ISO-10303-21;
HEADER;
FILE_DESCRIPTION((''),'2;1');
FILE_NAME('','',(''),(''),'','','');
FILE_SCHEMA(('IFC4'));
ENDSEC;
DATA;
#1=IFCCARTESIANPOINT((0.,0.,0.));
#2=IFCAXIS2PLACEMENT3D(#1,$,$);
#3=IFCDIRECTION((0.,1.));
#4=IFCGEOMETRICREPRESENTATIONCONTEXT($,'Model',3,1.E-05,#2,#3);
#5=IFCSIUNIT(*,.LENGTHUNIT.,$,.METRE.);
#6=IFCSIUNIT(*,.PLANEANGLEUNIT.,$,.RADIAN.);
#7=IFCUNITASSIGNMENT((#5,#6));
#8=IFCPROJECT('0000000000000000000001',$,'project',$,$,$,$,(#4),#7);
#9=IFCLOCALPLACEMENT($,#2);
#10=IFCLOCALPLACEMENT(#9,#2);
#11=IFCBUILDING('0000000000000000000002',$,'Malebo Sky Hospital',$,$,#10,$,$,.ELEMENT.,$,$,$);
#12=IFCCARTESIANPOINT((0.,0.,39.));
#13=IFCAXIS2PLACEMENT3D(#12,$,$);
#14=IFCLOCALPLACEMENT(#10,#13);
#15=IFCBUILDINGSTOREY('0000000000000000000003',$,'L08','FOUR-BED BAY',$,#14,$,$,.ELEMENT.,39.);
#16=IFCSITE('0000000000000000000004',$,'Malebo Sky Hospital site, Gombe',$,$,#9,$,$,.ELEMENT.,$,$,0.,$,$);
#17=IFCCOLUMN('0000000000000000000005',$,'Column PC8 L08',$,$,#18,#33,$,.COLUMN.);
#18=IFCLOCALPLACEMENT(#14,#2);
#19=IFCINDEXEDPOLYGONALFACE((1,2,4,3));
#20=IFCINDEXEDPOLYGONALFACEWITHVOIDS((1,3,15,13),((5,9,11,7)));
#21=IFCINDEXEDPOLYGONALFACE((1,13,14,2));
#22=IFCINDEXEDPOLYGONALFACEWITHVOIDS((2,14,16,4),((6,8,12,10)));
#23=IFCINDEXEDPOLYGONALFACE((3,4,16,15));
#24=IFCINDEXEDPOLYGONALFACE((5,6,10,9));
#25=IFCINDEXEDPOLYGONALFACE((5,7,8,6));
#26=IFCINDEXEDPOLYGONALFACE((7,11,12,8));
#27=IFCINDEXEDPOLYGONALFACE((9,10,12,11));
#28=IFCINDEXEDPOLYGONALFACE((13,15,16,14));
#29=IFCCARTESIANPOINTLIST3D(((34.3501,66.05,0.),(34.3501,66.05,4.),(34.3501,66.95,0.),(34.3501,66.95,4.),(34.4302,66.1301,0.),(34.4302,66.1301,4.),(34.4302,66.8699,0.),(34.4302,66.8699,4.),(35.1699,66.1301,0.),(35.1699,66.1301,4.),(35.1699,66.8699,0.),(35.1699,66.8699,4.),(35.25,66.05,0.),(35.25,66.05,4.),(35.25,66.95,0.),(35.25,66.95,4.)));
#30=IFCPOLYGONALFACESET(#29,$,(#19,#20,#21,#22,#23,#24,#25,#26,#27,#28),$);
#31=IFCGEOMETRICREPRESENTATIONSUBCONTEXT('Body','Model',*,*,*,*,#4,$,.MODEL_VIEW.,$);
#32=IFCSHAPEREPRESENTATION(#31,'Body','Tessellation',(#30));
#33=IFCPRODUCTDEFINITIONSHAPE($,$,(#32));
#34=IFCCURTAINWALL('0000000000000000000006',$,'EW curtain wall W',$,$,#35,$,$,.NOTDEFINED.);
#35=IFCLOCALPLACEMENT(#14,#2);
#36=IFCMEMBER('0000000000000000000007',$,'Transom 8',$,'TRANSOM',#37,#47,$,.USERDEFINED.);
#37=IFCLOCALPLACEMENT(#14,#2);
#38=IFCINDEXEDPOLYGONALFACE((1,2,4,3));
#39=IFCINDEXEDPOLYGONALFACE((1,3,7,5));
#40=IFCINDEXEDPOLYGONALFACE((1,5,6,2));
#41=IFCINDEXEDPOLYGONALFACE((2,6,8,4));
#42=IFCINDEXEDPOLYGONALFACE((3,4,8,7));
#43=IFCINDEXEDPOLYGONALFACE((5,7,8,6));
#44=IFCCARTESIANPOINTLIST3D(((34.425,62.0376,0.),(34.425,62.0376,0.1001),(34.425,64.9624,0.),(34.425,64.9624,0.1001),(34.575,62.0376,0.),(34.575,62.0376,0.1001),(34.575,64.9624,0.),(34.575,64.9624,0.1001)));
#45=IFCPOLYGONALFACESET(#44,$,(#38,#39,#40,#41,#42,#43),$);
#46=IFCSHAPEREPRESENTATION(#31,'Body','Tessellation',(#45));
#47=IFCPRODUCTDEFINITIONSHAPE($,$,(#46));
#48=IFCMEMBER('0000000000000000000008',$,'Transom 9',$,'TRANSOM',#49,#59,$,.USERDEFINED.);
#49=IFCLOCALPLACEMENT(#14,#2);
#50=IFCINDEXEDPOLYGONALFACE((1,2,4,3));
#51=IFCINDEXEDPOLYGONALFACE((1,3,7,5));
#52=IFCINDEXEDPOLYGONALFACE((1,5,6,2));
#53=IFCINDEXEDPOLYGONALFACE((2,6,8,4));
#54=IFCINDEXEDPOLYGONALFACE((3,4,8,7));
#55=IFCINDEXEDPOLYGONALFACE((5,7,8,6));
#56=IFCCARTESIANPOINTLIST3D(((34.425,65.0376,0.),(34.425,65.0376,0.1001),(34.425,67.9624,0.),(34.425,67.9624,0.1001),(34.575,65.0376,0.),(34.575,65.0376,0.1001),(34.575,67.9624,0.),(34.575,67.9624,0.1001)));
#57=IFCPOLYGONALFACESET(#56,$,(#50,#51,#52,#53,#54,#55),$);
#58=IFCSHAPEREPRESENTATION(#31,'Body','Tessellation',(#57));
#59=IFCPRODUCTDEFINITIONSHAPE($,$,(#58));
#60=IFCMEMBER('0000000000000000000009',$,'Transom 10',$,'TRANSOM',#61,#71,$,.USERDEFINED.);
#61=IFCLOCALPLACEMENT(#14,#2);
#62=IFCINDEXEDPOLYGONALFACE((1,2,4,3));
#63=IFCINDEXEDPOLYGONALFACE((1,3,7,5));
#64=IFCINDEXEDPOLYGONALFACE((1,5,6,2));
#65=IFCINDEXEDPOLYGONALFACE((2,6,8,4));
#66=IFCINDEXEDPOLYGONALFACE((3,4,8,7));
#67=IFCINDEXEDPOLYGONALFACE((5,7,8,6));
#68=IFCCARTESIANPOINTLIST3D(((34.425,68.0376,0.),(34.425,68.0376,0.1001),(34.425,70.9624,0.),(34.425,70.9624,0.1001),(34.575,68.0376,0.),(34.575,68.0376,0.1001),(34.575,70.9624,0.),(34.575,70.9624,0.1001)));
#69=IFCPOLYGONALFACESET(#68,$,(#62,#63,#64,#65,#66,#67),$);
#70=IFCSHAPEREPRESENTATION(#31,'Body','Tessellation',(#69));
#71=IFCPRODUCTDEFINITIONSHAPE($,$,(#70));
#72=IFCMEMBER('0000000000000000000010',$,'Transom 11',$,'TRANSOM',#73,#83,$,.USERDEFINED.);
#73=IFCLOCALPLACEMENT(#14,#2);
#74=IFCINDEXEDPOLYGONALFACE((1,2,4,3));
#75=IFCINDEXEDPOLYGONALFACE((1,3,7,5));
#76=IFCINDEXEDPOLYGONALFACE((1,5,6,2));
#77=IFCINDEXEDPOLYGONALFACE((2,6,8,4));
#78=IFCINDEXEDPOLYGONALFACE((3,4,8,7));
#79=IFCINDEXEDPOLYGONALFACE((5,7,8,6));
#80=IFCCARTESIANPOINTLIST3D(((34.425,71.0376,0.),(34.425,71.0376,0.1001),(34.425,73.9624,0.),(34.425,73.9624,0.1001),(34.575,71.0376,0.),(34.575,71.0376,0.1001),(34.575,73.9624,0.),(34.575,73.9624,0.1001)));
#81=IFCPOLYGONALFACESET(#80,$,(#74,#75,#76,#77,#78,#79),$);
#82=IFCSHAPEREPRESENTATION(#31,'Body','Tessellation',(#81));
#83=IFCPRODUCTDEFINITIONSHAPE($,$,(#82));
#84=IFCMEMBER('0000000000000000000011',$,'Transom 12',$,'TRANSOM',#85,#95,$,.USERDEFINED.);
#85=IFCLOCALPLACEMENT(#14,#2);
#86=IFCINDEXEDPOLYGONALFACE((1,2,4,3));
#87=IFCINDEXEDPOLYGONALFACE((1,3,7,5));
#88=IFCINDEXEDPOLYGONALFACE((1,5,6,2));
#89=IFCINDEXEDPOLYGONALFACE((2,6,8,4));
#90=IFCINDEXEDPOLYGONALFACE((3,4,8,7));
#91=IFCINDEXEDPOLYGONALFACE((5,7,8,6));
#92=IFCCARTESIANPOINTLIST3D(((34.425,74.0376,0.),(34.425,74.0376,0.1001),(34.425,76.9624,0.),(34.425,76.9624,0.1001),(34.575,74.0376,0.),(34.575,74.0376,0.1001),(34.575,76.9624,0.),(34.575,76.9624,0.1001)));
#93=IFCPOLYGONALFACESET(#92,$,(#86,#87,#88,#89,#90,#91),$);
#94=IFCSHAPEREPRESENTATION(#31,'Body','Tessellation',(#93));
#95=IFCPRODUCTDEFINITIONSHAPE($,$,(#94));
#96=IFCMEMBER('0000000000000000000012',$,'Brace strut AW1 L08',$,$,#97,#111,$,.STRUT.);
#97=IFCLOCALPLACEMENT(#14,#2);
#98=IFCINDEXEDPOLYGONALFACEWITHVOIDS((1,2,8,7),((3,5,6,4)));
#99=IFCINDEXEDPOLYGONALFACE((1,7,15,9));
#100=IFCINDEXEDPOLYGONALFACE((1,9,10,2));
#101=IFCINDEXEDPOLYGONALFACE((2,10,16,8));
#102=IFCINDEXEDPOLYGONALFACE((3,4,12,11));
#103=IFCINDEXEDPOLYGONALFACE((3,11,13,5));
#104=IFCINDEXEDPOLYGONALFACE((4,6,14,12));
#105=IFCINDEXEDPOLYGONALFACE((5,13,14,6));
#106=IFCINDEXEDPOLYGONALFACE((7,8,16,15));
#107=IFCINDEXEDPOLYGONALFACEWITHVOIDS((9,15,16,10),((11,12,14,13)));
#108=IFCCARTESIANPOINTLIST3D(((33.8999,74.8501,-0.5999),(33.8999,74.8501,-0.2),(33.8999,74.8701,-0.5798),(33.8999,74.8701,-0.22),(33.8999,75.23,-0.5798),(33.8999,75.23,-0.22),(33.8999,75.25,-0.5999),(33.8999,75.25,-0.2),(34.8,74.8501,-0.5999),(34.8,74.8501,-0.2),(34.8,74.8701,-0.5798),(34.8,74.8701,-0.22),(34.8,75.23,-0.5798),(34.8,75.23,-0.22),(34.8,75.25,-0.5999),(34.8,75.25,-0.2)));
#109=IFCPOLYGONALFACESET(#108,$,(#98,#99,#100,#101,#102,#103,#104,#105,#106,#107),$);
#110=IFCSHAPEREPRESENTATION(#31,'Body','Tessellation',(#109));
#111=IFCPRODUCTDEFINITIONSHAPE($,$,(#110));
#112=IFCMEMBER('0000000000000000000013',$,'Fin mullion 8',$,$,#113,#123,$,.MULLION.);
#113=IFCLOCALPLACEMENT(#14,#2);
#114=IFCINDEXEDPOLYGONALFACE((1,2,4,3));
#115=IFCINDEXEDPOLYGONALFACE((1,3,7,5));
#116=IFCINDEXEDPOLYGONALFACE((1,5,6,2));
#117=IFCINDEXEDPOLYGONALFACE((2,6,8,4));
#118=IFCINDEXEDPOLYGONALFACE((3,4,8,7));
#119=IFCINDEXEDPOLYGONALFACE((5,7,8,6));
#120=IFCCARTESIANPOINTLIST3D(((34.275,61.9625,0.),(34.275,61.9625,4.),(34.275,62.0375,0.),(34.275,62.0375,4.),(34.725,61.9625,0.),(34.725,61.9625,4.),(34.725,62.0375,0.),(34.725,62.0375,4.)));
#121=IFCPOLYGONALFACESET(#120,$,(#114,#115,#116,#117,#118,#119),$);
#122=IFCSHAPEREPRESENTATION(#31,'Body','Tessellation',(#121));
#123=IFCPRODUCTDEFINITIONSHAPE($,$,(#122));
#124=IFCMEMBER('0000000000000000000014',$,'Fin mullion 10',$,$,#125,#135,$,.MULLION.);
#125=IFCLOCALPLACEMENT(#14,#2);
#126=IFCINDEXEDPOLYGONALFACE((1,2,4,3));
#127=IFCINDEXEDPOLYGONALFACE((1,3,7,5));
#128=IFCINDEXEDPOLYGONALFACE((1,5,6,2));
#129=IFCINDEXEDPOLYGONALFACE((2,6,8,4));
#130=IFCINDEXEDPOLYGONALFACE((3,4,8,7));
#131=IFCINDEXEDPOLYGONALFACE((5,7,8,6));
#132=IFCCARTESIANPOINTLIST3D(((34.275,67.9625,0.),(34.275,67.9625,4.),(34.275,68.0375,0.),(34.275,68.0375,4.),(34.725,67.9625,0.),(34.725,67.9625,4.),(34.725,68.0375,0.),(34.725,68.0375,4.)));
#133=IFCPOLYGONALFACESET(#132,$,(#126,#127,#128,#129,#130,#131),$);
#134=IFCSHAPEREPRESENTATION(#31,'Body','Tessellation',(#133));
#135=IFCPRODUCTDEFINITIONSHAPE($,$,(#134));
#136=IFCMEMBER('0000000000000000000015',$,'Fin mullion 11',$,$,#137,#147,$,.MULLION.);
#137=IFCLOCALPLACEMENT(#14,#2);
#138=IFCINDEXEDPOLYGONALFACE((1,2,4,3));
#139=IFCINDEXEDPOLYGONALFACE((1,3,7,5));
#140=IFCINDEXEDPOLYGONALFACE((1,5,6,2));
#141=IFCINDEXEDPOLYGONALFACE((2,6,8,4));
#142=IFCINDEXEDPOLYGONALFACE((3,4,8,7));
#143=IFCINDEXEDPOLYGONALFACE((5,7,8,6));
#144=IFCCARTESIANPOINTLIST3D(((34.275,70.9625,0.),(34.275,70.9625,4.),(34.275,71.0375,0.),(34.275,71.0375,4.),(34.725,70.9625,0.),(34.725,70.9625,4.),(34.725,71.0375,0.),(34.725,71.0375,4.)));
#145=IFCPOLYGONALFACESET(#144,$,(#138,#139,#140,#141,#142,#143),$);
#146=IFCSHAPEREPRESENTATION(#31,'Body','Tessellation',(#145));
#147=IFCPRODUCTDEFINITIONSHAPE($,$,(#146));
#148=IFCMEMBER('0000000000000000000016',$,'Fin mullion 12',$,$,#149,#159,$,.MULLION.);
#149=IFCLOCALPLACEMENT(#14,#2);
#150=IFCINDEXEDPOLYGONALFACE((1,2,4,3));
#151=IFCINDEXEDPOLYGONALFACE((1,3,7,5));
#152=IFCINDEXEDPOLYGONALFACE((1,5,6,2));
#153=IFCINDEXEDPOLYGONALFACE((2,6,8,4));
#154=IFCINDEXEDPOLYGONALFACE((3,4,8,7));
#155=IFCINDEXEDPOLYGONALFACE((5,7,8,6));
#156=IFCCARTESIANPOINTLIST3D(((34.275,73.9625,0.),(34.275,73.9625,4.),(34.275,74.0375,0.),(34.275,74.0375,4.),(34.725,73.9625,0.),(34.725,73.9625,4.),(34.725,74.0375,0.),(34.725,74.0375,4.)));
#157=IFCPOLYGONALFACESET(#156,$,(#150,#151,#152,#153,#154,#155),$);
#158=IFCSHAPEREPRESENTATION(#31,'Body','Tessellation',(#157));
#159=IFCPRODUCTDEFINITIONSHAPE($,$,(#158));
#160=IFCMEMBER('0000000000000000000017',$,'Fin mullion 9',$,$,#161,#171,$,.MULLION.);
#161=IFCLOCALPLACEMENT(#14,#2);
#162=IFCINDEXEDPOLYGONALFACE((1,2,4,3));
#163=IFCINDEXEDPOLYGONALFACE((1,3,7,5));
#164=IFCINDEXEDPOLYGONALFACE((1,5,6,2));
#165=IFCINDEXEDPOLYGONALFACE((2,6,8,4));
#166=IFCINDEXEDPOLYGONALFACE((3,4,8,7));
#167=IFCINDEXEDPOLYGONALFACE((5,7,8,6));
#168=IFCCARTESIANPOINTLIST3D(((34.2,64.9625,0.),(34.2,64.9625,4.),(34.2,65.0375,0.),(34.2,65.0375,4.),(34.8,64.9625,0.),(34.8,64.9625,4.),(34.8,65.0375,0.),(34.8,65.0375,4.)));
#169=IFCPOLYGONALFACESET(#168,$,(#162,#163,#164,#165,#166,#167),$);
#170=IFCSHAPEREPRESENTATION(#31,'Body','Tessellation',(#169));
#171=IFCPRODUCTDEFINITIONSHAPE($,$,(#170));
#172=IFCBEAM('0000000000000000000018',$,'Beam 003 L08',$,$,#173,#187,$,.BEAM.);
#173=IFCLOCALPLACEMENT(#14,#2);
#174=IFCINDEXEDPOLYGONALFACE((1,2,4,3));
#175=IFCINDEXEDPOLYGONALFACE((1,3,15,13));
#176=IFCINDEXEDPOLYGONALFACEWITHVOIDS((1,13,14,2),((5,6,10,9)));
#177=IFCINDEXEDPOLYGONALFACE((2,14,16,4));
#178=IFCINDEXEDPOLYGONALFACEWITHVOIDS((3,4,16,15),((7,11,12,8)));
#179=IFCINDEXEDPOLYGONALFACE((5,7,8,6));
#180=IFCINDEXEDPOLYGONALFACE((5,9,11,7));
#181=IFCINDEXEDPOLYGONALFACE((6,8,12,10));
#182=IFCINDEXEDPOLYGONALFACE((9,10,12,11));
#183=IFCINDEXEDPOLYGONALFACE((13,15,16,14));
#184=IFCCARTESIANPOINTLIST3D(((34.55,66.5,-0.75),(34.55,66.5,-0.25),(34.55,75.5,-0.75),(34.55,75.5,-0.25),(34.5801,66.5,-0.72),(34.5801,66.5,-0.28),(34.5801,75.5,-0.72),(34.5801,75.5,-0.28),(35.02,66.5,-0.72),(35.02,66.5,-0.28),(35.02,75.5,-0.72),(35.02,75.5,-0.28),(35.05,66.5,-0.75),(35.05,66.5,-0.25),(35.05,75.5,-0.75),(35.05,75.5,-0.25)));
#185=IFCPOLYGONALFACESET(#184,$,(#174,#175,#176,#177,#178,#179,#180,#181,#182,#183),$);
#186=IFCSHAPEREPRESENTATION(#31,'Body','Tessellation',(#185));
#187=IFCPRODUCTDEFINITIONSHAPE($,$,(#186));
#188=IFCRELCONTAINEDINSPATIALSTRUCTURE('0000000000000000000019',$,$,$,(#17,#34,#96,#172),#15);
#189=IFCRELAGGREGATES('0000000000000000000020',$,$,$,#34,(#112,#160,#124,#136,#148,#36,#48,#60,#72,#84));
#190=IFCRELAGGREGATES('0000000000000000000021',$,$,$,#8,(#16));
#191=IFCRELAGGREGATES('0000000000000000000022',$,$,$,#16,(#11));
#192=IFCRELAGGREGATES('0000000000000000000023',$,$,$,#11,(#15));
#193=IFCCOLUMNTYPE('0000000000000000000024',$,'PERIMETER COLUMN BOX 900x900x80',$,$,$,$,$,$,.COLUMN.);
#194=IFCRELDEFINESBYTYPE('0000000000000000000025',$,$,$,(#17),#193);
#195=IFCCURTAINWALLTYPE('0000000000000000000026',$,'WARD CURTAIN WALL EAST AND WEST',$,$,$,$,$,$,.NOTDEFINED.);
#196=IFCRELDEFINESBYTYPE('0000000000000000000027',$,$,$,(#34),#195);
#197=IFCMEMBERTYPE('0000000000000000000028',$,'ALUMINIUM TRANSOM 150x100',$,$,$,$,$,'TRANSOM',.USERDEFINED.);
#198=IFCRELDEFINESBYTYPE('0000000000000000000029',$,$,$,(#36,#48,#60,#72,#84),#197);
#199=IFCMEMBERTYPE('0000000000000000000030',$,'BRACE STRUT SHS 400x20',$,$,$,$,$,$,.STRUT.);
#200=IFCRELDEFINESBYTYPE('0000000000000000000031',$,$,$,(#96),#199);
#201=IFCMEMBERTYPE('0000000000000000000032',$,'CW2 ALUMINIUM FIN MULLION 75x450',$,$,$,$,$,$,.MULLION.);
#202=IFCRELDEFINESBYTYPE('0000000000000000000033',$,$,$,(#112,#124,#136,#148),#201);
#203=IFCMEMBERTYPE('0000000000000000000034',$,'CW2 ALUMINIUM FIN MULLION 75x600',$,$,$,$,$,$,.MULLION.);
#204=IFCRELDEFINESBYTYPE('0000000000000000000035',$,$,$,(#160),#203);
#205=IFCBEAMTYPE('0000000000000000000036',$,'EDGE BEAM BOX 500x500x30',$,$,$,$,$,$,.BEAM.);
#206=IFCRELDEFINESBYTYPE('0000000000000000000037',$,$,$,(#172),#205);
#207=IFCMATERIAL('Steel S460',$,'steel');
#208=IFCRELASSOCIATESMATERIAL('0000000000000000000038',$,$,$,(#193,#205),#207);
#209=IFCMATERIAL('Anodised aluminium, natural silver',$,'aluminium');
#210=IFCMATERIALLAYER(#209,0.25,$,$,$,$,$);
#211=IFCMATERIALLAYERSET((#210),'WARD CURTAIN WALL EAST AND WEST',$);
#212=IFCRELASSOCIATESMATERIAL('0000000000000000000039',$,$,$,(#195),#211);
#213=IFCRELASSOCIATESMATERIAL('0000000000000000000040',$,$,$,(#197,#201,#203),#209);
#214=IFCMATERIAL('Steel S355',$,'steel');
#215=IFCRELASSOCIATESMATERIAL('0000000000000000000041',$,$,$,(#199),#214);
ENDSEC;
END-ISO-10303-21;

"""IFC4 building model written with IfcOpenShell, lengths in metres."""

from ifc_helpers import new_model, si_unit, direction, frame, origin, origin_2d, place, context, subcontext, project, spatial, rectangle, hollow_rectangle, extrude, material, layer, layer_set, material_profile, profile_set, type_object, element, aggregate, save


model = new_model("IFC4")

# Units and contexts
model_context = context("Model", 3, precision=1e-05, world=origin(), true_north=direction((0.0, 1.0)))
body_context = subcontext(model_context, "Body", "Model", "MODEL_VIEW")
ifc_project = project(units=[si_unit("LENGTHUNIT", "METRE"), si_unit("PLANEANGLEUNIT", "RADIAN")], contexts=[model_context])

# Site, building, storey
site_placement = place(None, origin())
site = spatial("IfcSite", under=ifc_project, at=site_placement, Name="Malebo Sky Hospital site, Gombe", CompositionType="ELEMENT", RefElevation=0.0)
building_placement = place(site_placement, origin())
building = spatial("IfcBuilding", under=site, at=building_placement, Name="Malebo Sky Hospital", CompositionType="ELEMENT")
storey_placement = place(building_placement, frame((0.0, 0.0, 39.0)))
storey = spatial("IfcBuildingStorey", under=building, at=storey_placement, Name="L08", Description="FOUR-BED BAY", CompositionType="ELEMENT", Elevation=39.0)

# Column
ifc_material_1 = material(Name="Steel S460", Category="steel")
ifc_material_profile_1 = material_profile(ifc_material_1, hollow_rectangle(XDim=0.8999, YDim=0.8999, WallThickness=0.0801, at=origin_2d()), Name="BOX 900x900x80")
ifc_profile_set_1 = profile_set([ifc_material_profile_1], Name="Steel S460")
column_type = type_object("IfcColumnType", Name="PERIMETER COLUMN BOX 900x900x80", PredefinedType="COLUMN", material=ifc_profile_set_1)
column_placement = place(storey_placement, frame((34.8, 66.5, 0.0), z_axis=(0.0, 0.0, 1.0), x_axis=(1.0, 0.0, 0.0)))
element("IfcColumn", 1, at=column_placement, inside=storey, type_object=column_type, Name="Column PC8 L08", PredefinedType="COLUMN", context=body_context, shape_type="SweptSolid", body=[
    extrude(hollow_rectangle(XDim=0.8999, YDim=0.8999, WallThickness=0.0801, at=origin_2d()), origin(), (0.0, 0.0, 1.0), 4.0),
])

# Curtain wall, members
ifc_material_2 = material(Name="Anodised aluminium, natural silver", Category="aluminium")
ifc_layer_1 = layer(ifc_material_2, 0.25)
ifc_layer_set_1 = layer_set([ifc_layer_1], Name="WARD CURTAIN WALL EAST AND WEST")
curtain_wall_type = type_object("IfcCurtainWallType", Name="WARD CURTAIN WALL EAST AND WEST", PredefinedType="NOTDEFINED", material=ifc_layer_set_1)
curtain_wall_placement = place(storey_placement, origin())
curtain_wall = element("IfcCurtainWall", 2, at=curtain_wall_placement, inside=storey, type_object=curtain_wall_type, Name="EW curtain wall W", PredefinedType="NOTDEFINED")
ifc_material_profile_2 = material_profile(ifc_material_2, rectangle(XDim=0.1499, YDim=0.1001, at=origin_2d()), Name="ALUMINIUM TRANSOM 150x100")
ifc_profile_set_2 = profile_set([ifc_material_profile_2], Name="Anodised aluminium, natural silver")
member_type_1 = type_object("IfcMemberType", Name="ALUMINIUM TRANSOM 150x100", ElementType="TRANSOM", PredefinedType="USERDEFINED", material=ifc_profile_set_2)
member_1_placement = place(storey_placement, frame((34.5, 62.0376, 0.05), z_axis=(0.0, 1.0, 0.0), x_axis=(-1.0, 0.0, 0.0)))
member_1 = element("IfcMember", 3, at=member_1_placement, type_object=member_type_1, Name="Transom 8", ObjectType="TRANSOM", PredefinedType="USERDEFINED", context=body_context, shape_type="SweptSolid", body=[
    extrude(rectangle(XDim=0.1499, YDim=0.1001, at=origin_2d()), origin(), (0.0, 0.0, 1.0), 2.9248),
])
member_2_placement = place(storey_placement, frame((34.5, 65.0376, 0.05), z_axis=(0.0, 1.0, 0.0), x_axis=(-1.0, 0.0, 0.0)))
member_2 = element("IfcMember", 4, at=member_2_placement, type_object=member_type_1, Name="Transom 9", ObjectType="TRANSOM", PredefinedType="USERDEFINED", context=body_context, shape_type="SweptSolid", body=[
    extrude(rectangle(XDim=0.1499, YDim=0.1001, at=origin_2d()), origin(), (0.0, 0.0, 1.0), 2.9248),
])
member_3_placement = place(storey_placement, frame((34.5, 68.0376, 0.05), z_axis=(0.0, 1.0, 0.0), x_axis=(-1.0, 0.0, 0.0)))
member_3 = element("IfcMember", 5, at=member_3_placement, type_object=member_type_1, Name="Transom 10", ObjectType="TRANSOM", PredefinedType="USERDEFINED", context=body_context, shape_type="SweptSolid", body=[
    extrude(rectangle(XDim=0.1499, YDim=0.1001, at=origin_2d()), origin(), (0.0, 0.0, 1.0), 2.9248),
])
member_4_placement = place(storey_placement, frame((34.5, 71.0376, 0.05), z_axis=(0.0, 1.0, 0.0), x_axis=(-1.0, 0.0, 0.0)))
member_4 = element("IfcMember", 6, at=member_4_placement, type_object=member_type_1, Name="Transom 11", ObjectType="TRANSOM", PredefinedType="USERDEFINED", context=body_context, shape_type="SweptSolid", body=[
    extrude(rectangle(XDim=0.1499, YDim=0.1001, at=origin_2d()), origin(), (0.0, 0.0, 1.0), 2.9248),
])
member_5_placement = place(storey_placement, frame((34.5, 74.0376, 0.05), z_axis=(0.0, 1.0, 0.0), x_axis=(-1.0, 0.0, 0.0)))
member_5 = element("IfcMember", 7, at=member_5_placement, type_object=member_type_1, Name="Transom 12", ObjectType="TRANSOM", PredefinedType="USERDEFINED", context=body_context, shape_type="SweptSolid", body=[
    extrude(rectangle(XDim=0.1499, YDim=0.1001, at=origin_2d()), origin(), (0.0, 0.0, 1.0), 2.9248),
])

# Members
ifc_material_3 = material(Name="Steel S355", Category="steel")
ifc_material_profile_3 = material_profile(ifc_material_3, hollow_rectangle(XDim=0.3999, YDim=0.3999, WallThickness=0.02, at=origin_2d()), Name="SHS 400x20")
ifc_profile_set_3 = profile_set([ifc_material_profile_3], Name="Steel S355")
member_type_2 = type_object("IfcMemberType", Name="BRACE STRUT SHS 400x20", PredefinedType="STRUT", material=ifc_profile_set_3)
member_6_placement = place(storey_placement, frame((33.8999, 75.05, -0.3999), z_axis=(1.0, 0.0, 0.0), x_axis=(0.0, 1.0, 0.0)))
element("IfcMember", 8, at=member_6_placement, inside=storey, type_object=member_type_2, Name="Brace strut AW1 L08", PredefinedType="STRUT", context=body_context, shape_type="SweptSolid", body=[
    extrude(hollow_rectangle(XDim=0.3999, YDim=0.3999, WallThickness=0.02, at=origin_2d()), origin(), (0.0, 0.0, 1.0), 0.9001),
])
ifc_material_profile_4 = material_profile(ifc_material_2, rectangle(XDim=0.075, YDim=0.45, at=origin_2d()), Name="CW2 ALUMINIUM FIN MULLION 75x450")
ifc_profile_set_4 = profile_set([ifc_material_profile_4], Name="Anodised aluminium, natural silver")
member_type_3 = type_object("IfcMemberType", Name="CW2 ALUMINIUM FIN MULLION 75x450", PredefinedType="MULLION", material=ifc_profile_set_4)
member_7_placement = place(storey_placement, frame((34.5, 62.0, 0.0), z_axis=(0.0, 0.0, 1.0), x_axis=(0.0, 1.0, 0.0)))
member_7 = element("IfcMember", 9, at=member_7_placement, type_object=member_type_3, Name="Fin mullion 8", PredefinedType="MULLION", context=body_context, shape_type="SweptSolid", body=[
    extrude(rectangle(XDim=0.075, YDim=0.45, at=origin_2d()), origin(), (0.0, 0.0, 1.0), 4.0),
])
member_8_placement = place(storey_placement, frame((34.5, 68.0, 0.0), z_axis=(0.0, 0.0, 1.0), x_axis=(0.0, 1.0, 0.0)))
member_8 = element("IfcMember", 10, at=member_8_placement, type_object=member_type_3, Name="Fin mullion 10", PredefinedType="MULLION", context=body_context, shape_type="SweptSolid", body=[
    extrude(rectangle(XDim=0.075, YDim=0.45, at=origin_2d()), origin(), (0.0, 0.0, 1.0), 4.0),
])
member_9_placement = place(storey_placement, frame((34.5, 71.0, 0.0), z_axis=(0.0, 0.0, 1.0), x_axis=(0.0, 1.0, 0.0)))
member_9 = element("IfcMember", 11, at=member_9_placement, type_object=member_type_3, Name="Fin mullion 11", PredefinedType="MULLION", context=body_context, shape_type="SweptSolid", body=[
    extrude(rectangle(XDim=0.075, YDim=0.45, at=origin_2d()), origin(), (0.0, 0.0, 1.0), 4.0),
])
member_10_placement = place(storey_placement, frame((34.5, 74.0, 0.0), z_axis=(0.0, 0.0, 1.0), x_axis=(0.0, 1.0, 0.0)))
member_10 = element("IfcMember", 12, at=member_10_placement, type_object=member_type_3, Name="Fin mullion 12", PredefinedType="MULLION", context=body_context, shape_type="SweptSolid", body=[
    extrude(rectangle(XDim=0.075, YDim=0.45, at=origin_2d()), origin(), (0.0, 0.0, 1.0), 4.0),
])
ifc_material_profile_5 = material_profile(ifc_material_2, rectangle(XDim=0.075, YDim=0.6001, at=origin_2d()), Name="CW2 ALUMINIUM FIN MULLION 75x600")
ifc_profile_set_5 = profile_set([ifc_material_profile_5], Name="Anodised aluminium, natural silver")
member_type_4 = type_object("IfcMemberType", Name="CW2 ALUMINIUM FIN MULLION 75x600", PredefinedType="MULLION", material=ifc_profile_set_5)
member_11_placement = place(storey_placement, frame((34.5, 65.0, 0.0), z_axis=(0.0, 0.0, 1.0), x_axis=(0.0, 1.0, 0.0)))
member_11 = element("IfcMember", 13, at=member_11_placement, type_object=member_type_4, Name="Fin mullion 9", PredefinedType="MULLION", context=body_context, shape_type="SweptSolid", body=[
    extrude(rectangle(XDim=0.075, YDim=0.6001, at=origin_2d()), origin(), (0.0, 0.0, 1.0), 4.0),
])

# Beam
ifc_material_profile_6 = material_profile(ifc_material_1, hollow_rectangle(XDim=0.5, YDim=0.5, WallThickness=0.03, at=origin_2d()), Name="BOX 500x500x30")
ifc_profile_set_6 = profile_set([ifc_material_profile_6], Name="Steel S460")
beam_type_1 = type_object("IfcBeamType", Name="EDGE BEAM BOX 500x500x30", PredefinedType="BEAM", material=ifc_profile_set_6)
beam_1_placement = place(storey_placement, frame((34.8, 66.5, -0.5), z_axis=(0.0, 1.0, 0.0), x_axis=(-1.0, 0.0, 0.0)))
element("IfcBeam", 14, at=beam_1_placement, inside=storey, type_object=beam_type_1, Name="Beam 003 L08", PredefinedType="BEAM", context=body_context, shape_type="SweptSolid", body=[
    extrude(hollow_rectangle(XDim=0.5, YDim=0.5, WallThickness=0.03, at=origin_2d()), origin(), (0.0, 0.0, 1.0), 9.0),
])

aggregate(curtain_wall, [member_7, member_11, member_8, member_9, member_10, member_1, member_2, member_3, member_4, member_5])

save(model, "model.ifc")
